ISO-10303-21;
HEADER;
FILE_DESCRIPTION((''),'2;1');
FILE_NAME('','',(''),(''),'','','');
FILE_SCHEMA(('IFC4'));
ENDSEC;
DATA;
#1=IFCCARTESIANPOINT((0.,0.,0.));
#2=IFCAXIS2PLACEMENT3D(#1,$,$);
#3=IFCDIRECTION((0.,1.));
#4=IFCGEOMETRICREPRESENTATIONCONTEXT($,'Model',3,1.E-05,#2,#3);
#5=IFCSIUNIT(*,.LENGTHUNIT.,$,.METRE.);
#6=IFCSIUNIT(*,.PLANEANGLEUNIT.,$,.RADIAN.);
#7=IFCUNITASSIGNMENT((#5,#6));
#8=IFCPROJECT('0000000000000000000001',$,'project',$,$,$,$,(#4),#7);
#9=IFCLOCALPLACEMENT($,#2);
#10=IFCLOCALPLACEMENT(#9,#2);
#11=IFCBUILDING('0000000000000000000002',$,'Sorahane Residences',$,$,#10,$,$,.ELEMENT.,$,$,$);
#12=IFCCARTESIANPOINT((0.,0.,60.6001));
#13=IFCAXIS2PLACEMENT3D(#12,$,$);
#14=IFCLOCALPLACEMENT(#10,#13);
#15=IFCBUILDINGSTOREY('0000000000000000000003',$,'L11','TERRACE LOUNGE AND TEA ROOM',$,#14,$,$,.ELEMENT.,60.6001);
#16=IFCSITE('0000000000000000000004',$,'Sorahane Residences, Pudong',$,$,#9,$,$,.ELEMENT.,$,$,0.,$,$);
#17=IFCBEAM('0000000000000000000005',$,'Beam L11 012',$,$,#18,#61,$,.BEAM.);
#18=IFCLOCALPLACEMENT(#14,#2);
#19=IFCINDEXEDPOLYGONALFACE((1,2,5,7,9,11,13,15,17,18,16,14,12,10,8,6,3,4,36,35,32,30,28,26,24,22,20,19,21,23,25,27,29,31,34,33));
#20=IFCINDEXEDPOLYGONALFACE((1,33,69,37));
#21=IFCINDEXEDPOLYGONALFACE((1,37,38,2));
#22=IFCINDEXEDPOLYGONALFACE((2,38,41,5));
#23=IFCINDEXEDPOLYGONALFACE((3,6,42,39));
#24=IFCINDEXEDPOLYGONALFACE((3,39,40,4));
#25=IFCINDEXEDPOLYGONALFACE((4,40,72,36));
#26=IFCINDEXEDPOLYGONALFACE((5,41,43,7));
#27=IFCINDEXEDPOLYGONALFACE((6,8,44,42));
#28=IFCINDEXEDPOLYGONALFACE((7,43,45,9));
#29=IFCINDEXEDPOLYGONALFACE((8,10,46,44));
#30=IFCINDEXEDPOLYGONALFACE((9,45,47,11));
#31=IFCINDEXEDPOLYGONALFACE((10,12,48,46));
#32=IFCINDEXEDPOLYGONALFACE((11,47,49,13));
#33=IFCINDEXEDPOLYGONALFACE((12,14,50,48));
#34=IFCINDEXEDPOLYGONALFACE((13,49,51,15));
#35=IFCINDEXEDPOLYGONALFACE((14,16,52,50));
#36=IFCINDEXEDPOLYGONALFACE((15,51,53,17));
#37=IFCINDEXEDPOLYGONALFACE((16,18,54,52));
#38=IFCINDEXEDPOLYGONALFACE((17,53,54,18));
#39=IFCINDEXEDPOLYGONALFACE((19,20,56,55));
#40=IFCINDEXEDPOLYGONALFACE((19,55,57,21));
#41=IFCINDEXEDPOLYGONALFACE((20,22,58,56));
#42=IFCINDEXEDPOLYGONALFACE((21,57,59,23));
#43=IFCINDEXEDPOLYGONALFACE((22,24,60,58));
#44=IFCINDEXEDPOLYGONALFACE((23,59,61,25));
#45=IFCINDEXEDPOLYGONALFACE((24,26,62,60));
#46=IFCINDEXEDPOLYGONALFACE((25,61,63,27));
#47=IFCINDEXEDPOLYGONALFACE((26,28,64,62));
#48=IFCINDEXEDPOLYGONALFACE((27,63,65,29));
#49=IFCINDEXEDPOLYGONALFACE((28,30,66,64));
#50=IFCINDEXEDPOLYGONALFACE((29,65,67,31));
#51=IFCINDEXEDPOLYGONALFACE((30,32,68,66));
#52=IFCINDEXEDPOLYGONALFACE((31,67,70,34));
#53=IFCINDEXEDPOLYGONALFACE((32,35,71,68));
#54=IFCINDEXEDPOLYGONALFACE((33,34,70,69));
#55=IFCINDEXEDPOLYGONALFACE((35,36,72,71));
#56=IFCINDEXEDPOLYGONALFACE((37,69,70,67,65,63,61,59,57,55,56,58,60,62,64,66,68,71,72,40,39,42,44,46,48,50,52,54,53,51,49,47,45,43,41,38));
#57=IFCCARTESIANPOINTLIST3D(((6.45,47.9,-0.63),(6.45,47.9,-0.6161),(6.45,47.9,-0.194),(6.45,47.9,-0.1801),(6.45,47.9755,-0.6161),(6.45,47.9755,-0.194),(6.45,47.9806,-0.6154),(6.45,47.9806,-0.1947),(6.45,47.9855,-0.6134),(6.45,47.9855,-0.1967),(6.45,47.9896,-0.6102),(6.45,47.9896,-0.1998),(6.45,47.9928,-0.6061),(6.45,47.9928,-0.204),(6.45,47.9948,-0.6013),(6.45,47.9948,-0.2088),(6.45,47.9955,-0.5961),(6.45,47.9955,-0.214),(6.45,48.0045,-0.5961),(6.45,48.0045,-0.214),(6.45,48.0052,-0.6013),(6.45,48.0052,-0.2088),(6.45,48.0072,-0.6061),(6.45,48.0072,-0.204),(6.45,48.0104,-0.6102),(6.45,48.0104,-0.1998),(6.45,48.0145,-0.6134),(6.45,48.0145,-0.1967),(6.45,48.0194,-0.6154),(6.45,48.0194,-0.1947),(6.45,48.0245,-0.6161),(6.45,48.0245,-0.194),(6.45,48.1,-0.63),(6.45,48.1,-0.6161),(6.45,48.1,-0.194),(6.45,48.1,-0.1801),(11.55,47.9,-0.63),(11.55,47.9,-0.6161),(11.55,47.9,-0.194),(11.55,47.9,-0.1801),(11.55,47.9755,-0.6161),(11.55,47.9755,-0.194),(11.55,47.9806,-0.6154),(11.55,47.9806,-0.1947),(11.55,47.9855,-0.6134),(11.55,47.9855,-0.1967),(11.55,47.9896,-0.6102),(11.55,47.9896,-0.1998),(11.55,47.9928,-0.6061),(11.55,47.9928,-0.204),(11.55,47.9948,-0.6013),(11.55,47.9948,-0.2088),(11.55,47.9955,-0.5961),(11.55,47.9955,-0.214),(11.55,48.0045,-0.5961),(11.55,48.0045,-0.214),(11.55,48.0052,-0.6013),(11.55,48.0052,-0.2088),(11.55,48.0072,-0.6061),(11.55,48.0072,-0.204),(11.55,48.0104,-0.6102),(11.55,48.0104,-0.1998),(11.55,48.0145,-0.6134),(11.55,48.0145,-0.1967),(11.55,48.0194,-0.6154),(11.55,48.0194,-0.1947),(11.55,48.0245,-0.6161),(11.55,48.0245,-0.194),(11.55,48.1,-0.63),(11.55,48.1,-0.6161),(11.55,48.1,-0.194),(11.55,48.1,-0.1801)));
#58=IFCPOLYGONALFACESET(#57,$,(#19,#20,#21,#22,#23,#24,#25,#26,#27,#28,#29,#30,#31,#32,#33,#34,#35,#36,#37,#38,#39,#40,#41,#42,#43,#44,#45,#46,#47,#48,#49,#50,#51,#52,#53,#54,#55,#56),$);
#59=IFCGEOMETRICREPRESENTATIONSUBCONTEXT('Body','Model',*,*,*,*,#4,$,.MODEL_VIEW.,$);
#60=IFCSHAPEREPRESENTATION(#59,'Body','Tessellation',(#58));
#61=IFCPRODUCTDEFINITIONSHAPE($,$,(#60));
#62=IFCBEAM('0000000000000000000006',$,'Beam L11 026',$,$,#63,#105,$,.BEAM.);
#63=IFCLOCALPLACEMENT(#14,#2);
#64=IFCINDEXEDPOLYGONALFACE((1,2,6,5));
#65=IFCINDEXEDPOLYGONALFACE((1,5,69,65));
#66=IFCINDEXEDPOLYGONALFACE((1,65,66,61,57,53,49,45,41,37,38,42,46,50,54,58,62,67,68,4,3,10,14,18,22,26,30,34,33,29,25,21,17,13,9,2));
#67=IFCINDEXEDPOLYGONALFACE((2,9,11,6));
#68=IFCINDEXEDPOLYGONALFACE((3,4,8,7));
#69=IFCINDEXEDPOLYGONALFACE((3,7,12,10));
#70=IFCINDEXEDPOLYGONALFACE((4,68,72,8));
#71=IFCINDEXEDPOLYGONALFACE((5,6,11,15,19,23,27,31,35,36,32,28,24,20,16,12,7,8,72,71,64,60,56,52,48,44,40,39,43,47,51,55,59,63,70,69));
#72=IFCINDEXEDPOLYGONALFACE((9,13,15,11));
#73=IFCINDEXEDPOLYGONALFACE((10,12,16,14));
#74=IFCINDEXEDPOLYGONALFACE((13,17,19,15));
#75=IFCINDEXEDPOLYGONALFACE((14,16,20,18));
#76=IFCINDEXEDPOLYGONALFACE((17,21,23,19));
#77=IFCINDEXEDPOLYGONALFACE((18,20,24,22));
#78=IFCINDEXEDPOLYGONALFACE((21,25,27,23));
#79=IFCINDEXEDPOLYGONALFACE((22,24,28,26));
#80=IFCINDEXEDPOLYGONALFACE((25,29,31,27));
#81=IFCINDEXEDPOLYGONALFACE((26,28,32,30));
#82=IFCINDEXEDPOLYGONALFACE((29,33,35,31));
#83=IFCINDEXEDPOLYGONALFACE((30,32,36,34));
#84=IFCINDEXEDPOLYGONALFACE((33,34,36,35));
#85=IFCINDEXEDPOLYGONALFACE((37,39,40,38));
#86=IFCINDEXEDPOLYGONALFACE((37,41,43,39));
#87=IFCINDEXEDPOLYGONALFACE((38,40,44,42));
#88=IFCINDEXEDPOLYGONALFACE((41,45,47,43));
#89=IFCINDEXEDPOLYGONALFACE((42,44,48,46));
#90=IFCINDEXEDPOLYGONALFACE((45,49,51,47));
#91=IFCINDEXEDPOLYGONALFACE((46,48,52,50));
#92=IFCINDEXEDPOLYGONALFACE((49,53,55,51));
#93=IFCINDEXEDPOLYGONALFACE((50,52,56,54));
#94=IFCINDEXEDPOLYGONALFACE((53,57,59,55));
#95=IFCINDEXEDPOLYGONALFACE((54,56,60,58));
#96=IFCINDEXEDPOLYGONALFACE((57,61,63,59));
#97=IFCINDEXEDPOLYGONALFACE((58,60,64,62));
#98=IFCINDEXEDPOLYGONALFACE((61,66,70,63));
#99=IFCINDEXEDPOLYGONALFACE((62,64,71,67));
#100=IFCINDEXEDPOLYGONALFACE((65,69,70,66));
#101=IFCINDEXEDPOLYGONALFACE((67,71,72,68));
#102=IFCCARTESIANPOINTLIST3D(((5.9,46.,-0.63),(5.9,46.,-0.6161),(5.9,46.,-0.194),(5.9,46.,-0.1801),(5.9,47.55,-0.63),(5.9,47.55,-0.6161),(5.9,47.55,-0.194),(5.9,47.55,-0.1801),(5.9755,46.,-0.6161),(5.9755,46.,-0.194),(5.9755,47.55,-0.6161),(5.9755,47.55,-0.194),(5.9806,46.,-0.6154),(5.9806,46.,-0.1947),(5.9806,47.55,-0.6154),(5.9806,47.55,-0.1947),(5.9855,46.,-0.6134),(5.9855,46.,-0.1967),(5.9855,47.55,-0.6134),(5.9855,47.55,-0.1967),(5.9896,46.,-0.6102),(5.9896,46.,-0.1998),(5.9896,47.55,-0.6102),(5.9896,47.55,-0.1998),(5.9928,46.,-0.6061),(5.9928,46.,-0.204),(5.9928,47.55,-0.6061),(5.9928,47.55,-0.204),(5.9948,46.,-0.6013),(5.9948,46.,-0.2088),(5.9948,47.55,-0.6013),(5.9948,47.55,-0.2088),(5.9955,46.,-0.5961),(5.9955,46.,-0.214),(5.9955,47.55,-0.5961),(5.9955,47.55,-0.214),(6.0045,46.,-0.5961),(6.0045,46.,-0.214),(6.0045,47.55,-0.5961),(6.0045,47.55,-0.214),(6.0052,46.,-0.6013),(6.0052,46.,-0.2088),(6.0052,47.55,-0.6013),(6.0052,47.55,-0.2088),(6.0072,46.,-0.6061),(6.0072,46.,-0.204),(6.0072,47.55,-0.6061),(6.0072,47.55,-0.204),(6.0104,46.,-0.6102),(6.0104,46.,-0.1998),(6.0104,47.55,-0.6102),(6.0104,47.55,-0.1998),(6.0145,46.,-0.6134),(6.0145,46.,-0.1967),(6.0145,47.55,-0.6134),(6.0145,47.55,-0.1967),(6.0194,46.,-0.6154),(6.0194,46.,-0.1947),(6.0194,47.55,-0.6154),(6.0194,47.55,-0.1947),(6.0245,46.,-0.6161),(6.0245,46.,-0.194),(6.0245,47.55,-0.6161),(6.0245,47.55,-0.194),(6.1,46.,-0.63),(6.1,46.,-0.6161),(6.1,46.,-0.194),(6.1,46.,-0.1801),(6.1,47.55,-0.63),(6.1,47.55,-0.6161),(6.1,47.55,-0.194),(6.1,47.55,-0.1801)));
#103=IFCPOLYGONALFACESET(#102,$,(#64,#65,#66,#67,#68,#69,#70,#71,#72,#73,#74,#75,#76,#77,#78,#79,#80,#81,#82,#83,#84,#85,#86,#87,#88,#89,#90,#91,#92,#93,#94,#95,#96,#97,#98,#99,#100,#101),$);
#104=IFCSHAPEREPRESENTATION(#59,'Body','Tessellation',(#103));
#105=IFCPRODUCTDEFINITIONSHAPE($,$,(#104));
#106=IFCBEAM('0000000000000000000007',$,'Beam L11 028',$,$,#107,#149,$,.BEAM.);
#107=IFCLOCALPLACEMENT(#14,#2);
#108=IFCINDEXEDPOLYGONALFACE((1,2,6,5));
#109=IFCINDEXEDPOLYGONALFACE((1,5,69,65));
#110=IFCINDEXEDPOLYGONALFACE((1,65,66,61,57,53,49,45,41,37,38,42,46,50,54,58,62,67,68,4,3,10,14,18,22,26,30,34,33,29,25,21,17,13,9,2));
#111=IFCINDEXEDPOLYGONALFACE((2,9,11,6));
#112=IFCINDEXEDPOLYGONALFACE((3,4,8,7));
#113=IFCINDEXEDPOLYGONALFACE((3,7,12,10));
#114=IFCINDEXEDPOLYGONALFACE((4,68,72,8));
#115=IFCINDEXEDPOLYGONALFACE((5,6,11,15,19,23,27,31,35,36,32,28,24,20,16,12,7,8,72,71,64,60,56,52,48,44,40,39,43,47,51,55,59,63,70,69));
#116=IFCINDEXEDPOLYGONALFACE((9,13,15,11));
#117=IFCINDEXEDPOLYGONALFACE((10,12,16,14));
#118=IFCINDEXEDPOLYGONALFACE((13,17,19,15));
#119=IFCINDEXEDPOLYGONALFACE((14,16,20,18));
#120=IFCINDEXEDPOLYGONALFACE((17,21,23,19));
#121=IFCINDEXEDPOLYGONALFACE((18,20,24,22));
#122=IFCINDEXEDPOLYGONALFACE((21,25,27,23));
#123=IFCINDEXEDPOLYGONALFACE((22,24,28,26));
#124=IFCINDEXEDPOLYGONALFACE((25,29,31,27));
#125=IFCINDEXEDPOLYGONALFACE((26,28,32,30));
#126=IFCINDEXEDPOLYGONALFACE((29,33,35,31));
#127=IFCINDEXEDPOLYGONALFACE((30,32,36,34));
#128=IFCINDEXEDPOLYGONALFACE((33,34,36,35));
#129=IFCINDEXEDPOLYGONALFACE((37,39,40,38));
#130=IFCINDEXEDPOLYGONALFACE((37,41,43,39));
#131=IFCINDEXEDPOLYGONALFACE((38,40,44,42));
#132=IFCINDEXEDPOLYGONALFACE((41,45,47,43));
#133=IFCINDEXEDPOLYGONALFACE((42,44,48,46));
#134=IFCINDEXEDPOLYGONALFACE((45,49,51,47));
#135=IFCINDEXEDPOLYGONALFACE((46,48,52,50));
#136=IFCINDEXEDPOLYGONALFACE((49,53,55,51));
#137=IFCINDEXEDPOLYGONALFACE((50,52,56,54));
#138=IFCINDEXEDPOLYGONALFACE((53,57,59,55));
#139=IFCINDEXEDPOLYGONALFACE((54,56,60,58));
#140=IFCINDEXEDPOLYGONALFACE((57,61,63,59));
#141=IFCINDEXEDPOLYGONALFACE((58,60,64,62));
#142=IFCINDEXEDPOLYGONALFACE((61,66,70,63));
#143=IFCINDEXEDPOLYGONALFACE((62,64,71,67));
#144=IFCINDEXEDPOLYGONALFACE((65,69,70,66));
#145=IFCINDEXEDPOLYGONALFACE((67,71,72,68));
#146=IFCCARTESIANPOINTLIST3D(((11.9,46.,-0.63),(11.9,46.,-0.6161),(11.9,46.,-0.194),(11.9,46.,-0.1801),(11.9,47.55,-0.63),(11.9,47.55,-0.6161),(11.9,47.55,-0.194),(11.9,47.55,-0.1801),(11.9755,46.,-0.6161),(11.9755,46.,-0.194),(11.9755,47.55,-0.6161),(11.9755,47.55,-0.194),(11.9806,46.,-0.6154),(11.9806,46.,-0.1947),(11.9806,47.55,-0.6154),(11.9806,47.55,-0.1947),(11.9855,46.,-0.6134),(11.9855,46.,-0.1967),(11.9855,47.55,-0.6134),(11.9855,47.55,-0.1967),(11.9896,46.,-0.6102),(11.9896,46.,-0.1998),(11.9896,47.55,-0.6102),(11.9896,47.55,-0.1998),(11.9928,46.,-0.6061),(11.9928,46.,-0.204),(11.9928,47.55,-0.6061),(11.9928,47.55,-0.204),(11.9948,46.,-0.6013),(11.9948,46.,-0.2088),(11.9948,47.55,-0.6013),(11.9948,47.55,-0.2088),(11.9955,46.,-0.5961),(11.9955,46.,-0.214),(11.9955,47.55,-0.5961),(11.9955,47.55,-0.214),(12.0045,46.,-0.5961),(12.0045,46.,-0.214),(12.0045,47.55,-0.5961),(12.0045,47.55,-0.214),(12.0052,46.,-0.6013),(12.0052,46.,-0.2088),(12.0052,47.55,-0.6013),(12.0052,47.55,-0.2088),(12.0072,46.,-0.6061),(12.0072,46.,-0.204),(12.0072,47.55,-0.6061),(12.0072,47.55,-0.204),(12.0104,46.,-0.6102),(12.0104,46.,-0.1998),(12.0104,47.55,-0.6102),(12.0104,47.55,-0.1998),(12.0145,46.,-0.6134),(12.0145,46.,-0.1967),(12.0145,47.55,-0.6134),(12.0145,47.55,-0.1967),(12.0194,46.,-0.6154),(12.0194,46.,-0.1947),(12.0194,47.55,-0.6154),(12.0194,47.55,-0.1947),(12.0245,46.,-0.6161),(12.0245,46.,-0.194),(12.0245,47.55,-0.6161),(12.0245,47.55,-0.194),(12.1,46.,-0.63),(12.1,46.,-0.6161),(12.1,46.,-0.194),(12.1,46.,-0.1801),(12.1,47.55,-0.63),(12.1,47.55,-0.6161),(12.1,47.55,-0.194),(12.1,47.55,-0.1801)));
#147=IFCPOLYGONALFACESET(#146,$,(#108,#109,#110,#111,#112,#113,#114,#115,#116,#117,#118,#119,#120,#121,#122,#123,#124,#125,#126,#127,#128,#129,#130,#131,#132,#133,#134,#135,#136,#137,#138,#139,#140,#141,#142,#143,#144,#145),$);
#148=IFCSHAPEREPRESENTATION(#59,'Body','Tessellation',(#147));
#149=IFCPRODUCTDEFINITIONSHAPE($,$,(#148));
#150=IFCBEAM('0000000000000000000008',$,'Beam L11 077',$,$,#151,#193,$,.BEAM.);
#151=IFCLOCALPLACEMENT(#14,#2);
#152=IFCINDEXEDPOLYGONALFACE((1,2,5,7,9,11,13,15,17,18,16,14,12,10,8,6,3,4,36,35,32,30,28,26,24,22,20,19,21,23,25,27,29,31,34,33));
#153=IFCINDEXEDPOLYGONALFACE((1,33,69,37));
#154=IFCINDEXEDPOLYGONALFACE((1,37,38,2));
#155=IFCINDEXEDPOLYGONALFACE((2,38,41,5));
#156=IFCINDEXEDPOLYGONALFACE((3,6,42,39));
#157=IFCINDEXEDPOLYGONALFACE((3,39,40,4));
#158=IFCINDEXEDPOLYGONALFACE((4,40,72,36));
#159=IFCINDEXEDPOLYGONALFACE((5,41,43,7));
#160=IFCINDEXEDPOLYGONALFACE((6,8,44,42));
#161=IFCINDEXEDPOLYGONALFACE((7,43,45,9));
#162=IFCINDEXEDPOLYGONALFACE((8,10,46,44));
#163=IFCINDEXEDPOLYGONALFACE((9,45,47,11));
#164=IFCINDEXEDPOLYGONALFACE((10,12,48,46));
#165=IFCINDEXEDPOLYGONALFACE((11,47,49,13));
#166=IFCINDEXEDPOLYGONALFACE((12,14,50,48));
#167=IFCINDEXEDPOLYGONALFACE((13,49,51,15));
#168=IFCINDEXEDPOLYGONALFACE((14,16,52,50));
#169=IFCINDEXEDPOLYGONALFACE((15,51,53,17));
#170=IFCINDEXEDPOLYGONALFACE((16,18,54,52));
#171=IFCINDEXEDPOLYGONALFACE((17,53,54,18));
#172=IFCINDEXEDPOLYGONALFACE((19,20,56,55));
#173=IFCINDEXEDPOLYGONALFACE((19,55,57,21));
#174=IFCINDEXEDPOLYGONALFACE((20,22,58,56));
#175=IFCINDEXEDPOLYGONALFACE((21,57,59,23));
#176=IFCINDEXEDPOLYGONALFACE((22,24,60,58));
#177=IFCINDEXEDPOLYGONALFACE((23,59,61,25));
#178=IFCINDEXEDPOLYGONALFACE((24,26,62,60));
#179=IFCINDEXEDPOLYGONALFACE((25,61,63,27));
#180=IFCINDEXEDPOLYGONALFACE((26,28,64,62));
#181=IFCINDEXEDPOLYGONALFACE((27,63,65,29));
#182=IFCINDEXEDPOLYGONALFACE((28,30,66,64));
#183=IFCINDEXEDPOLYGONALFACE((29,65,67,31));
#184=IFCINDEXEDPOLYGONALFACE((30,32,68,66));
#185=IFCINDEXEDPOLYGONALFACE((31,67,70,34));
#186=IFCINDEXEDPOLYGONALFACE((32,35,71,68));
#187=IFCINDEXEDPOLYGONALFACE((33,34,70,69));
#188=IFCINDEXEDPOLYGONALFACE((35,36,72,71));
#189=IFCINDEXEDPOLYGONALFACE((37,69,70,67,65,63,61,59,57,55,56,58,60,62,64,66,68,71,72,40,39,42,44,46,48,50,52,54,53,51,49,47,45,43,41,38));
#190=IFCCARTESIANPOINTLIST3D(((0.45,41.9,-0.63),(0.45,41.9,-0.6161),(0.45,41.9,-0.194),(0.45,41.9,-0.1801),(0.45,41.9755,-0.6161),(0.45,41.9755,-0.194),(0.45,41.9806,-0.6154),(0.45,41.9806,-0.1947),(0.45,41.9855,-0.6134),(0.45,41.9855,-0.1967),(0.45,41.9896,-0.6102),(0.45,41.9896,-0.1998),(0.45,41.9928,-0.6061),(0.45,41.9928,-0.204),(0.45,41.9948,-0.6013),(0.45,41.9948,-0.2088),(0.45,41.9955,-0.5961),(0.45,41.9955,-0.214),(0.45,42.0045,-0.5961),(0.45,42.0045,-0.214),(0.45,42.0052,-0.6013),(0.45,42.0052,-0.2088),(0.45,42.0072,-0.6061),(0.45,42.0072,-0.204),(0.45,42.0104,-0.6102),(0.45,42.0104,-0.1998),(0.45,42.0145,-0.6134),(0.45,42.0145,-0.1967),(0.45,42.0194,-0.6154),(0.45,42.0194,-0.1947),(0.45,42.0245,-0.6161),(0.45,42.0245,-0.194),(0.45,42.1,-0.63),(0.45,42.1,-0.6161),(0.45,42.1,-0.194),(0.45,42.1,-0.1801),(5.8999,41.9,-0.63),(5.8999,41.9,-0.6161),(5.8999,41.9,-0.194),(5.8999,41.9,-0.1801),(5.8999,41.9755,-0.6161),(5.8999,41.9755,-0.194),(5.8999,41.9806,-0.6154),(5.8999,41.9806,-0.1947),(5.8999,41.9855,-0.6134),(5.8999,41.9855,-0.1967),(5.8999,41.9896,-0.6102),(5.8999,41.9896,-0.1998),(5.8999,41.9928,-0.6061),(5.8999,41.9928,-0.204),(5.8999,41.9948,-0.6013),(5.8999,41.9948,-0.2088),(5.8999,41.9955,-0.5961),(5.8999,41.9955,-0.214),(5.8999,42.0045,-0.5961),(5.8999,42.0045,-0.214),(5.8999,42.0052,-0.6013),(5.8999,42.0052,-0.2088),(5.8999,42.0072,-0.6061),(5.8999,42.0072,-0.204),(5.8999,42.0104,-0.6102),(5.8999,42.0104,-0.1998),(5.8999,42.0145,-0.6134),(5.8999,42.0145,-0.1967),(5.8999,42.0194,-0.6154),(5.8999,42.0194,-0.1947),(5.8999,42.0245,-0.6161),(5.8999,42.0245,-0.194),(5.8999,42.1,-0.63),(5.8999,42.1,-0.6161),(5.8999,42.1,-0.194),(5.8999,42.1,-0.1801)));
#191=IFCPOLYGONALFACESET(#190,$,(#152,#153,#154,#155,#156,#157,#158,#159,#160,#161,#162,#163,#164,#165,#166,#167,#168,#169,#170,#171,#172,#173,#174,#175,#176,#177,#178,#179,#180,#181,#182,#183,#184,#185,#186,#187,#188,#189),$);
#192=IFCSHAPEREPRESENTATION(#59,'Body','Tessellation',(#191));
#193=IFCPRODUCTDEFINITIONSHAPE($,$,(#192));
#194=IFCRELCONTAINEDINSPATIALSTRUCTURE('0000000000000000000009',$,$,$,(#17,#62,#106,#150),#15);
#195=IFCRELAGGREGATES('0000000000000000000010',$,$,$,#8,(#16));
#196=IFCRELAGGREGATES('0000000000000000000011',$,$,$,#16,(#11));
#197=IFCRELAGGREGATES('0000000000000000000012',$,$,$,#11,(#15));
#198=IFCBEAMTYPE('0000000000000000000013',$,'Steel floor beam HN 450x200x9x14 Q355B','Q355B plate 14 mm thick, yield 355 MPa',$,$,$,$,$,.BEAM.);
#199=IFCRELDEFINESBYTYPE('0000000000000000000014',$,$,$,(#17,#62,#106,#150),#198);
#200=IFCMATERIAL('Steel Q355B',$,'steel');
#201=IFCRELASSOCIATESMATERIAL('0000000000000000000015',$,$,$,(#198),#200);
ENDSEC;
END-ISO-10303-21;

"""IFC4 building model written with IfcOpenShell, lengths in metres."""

from ifc_helpers import new_model, si_unit, direction, frame, origin, origin_2d, place, context, subcontext, project, spatial, i_section, extrude, material, material_profile, profile_set, type_object, element, save


model = new_model("IFC4")

# Units and contexts
model_context = context("Model", 3, precision=1e-05, world=origin(), true_north=direction((0.0, 1.0)))
body_context = subcontext(model_context, "Body", "Model", "MODEL_VIEW")
ifc_project = project(units=[si_unit("LENGTHUNIT", "METRE"), si_unit("PLANEANGLEUNIT", "RADIAN")], contexts=[model_context])

# Site, building, storey
site_placement = place(None, origin())
site = spatial("IfcSite", under=ifc_project, at=site_placement, Name="Sorahane Residences, Pudong", CompositionType="ELEMENT", RefElevation=0.0)
building_placement = place(site_placement, origin())
building = spatial("IfcBuilding", under=site, at=building_placement, Name="Sorahane Residences", CompositionType="ELEMENT")
storey_placement = place(building_placement, frame((0.0, 0.0, 60.6001)))
storey = spatial("IfcBuildingStorey", under=building, at=storey_placement, Name="L11", Description="TERRACE LOUNGE AND TEA ROOM", CompositionType="ELEMENT", Elevation=60.6001)

# Beams
ifc_material_1 = material(Name="Steel Q355B", Category="steel")
ifc_material_profile_1 = material_profile(ifc_material_1, i_section(OverallWidth=0.2, OverallDepth=0.45, WebThickness=0.009, FlangeThickness=0.0139, FilletRadius=0.02, at=origin_2d()), Name="HN 450x200x9x14")
ifc_profile_set_1 = profile_set([ifc_material_profile_1], Name="Steel Q355B")
beam_type_1 = type_object("IfcBeamType", Name="Steel floor beam HN 450x200x9x14 Q355B", Description="Q355B plate 14 mm thick, yield 355 MPa", PredefinedType="BEAM", material=ifc_profile_set_1)
beam_1_placement = place(storey_placement, frame((6.45, 48.0, -0.405), z_axis=(1.0, 0.0, 0.0), x_axis=(0.0, 1.0, 0.0)))
element("IfcBeam", 1, at=beam_1_placement, inside=storey, type_object=beam_type_1, Name="Beam L11 012", PredefinedType="BEAM", context=body_context, shape_type="SweptSolid", body=[
    extrude(i_section(OverallWidth=0.2, OverallDepth=0.45, WebThickness=0.009, FlangeThickness=0.0139, FilletRadius=0.02, at=origin_2d()), origin(), (0.0, 0.0, 1.0), 5.1001),
])
for number, where, z_axis, x_axis, name in (
    (2, (6.0, 46.0, -0.405), (0.0, 1.0, 0.0), (-1.0, 0.0, 0.0), "Beam L11 026"),
    (3, (12.0, 46.0, -0.405), (0.0, 1.0, 0.0), (-1.0, 0.0, 0.0), "Beam L11 028"),
):
    element("IfcBeam", number, at=place(storey_placement, frame(where, z_axis=z_axis, x_axis=x_axis)), inside=storey, type_object=beam_type_1, Name=name, PredefinedType="BEAM", context=body_context, shape_type="SweptSolid", body=[
        extrude(i_section(OverallWidth=0.2, OverallDepth=0.45, WebThickness=0.009, FlangeThickness=0.0139, FilletRadius=0.02, at=origin_2d()), origin(), (0.0, 0.0, 1.0), 1.55),
    ])
beam_2_placement = place(storey_placement, frame((0.45, 42.0, -0.405), z_axis=(1.0, 0.0, 0.0), x_axis=(0.0, 1.0, 0.0)))
element("IfcBeam", 4, at=beam_2_placement, inside=storey, type_object=beam_type_1, Name="Beam L11 077", PredefinedType="BEAM", context=body_context, shape_type="SweptSolid", body=[
    extrude(i_section(OverallWidth=0.2, OverallDepth=0.45, WebThickness=0.009, FlangeThickness=0.0139, FilletRadius=0.02, at=origin_2d()), origin(), (0.0, 0.0, 1.0), 5.45),
])

save(model, "model.ifc")
